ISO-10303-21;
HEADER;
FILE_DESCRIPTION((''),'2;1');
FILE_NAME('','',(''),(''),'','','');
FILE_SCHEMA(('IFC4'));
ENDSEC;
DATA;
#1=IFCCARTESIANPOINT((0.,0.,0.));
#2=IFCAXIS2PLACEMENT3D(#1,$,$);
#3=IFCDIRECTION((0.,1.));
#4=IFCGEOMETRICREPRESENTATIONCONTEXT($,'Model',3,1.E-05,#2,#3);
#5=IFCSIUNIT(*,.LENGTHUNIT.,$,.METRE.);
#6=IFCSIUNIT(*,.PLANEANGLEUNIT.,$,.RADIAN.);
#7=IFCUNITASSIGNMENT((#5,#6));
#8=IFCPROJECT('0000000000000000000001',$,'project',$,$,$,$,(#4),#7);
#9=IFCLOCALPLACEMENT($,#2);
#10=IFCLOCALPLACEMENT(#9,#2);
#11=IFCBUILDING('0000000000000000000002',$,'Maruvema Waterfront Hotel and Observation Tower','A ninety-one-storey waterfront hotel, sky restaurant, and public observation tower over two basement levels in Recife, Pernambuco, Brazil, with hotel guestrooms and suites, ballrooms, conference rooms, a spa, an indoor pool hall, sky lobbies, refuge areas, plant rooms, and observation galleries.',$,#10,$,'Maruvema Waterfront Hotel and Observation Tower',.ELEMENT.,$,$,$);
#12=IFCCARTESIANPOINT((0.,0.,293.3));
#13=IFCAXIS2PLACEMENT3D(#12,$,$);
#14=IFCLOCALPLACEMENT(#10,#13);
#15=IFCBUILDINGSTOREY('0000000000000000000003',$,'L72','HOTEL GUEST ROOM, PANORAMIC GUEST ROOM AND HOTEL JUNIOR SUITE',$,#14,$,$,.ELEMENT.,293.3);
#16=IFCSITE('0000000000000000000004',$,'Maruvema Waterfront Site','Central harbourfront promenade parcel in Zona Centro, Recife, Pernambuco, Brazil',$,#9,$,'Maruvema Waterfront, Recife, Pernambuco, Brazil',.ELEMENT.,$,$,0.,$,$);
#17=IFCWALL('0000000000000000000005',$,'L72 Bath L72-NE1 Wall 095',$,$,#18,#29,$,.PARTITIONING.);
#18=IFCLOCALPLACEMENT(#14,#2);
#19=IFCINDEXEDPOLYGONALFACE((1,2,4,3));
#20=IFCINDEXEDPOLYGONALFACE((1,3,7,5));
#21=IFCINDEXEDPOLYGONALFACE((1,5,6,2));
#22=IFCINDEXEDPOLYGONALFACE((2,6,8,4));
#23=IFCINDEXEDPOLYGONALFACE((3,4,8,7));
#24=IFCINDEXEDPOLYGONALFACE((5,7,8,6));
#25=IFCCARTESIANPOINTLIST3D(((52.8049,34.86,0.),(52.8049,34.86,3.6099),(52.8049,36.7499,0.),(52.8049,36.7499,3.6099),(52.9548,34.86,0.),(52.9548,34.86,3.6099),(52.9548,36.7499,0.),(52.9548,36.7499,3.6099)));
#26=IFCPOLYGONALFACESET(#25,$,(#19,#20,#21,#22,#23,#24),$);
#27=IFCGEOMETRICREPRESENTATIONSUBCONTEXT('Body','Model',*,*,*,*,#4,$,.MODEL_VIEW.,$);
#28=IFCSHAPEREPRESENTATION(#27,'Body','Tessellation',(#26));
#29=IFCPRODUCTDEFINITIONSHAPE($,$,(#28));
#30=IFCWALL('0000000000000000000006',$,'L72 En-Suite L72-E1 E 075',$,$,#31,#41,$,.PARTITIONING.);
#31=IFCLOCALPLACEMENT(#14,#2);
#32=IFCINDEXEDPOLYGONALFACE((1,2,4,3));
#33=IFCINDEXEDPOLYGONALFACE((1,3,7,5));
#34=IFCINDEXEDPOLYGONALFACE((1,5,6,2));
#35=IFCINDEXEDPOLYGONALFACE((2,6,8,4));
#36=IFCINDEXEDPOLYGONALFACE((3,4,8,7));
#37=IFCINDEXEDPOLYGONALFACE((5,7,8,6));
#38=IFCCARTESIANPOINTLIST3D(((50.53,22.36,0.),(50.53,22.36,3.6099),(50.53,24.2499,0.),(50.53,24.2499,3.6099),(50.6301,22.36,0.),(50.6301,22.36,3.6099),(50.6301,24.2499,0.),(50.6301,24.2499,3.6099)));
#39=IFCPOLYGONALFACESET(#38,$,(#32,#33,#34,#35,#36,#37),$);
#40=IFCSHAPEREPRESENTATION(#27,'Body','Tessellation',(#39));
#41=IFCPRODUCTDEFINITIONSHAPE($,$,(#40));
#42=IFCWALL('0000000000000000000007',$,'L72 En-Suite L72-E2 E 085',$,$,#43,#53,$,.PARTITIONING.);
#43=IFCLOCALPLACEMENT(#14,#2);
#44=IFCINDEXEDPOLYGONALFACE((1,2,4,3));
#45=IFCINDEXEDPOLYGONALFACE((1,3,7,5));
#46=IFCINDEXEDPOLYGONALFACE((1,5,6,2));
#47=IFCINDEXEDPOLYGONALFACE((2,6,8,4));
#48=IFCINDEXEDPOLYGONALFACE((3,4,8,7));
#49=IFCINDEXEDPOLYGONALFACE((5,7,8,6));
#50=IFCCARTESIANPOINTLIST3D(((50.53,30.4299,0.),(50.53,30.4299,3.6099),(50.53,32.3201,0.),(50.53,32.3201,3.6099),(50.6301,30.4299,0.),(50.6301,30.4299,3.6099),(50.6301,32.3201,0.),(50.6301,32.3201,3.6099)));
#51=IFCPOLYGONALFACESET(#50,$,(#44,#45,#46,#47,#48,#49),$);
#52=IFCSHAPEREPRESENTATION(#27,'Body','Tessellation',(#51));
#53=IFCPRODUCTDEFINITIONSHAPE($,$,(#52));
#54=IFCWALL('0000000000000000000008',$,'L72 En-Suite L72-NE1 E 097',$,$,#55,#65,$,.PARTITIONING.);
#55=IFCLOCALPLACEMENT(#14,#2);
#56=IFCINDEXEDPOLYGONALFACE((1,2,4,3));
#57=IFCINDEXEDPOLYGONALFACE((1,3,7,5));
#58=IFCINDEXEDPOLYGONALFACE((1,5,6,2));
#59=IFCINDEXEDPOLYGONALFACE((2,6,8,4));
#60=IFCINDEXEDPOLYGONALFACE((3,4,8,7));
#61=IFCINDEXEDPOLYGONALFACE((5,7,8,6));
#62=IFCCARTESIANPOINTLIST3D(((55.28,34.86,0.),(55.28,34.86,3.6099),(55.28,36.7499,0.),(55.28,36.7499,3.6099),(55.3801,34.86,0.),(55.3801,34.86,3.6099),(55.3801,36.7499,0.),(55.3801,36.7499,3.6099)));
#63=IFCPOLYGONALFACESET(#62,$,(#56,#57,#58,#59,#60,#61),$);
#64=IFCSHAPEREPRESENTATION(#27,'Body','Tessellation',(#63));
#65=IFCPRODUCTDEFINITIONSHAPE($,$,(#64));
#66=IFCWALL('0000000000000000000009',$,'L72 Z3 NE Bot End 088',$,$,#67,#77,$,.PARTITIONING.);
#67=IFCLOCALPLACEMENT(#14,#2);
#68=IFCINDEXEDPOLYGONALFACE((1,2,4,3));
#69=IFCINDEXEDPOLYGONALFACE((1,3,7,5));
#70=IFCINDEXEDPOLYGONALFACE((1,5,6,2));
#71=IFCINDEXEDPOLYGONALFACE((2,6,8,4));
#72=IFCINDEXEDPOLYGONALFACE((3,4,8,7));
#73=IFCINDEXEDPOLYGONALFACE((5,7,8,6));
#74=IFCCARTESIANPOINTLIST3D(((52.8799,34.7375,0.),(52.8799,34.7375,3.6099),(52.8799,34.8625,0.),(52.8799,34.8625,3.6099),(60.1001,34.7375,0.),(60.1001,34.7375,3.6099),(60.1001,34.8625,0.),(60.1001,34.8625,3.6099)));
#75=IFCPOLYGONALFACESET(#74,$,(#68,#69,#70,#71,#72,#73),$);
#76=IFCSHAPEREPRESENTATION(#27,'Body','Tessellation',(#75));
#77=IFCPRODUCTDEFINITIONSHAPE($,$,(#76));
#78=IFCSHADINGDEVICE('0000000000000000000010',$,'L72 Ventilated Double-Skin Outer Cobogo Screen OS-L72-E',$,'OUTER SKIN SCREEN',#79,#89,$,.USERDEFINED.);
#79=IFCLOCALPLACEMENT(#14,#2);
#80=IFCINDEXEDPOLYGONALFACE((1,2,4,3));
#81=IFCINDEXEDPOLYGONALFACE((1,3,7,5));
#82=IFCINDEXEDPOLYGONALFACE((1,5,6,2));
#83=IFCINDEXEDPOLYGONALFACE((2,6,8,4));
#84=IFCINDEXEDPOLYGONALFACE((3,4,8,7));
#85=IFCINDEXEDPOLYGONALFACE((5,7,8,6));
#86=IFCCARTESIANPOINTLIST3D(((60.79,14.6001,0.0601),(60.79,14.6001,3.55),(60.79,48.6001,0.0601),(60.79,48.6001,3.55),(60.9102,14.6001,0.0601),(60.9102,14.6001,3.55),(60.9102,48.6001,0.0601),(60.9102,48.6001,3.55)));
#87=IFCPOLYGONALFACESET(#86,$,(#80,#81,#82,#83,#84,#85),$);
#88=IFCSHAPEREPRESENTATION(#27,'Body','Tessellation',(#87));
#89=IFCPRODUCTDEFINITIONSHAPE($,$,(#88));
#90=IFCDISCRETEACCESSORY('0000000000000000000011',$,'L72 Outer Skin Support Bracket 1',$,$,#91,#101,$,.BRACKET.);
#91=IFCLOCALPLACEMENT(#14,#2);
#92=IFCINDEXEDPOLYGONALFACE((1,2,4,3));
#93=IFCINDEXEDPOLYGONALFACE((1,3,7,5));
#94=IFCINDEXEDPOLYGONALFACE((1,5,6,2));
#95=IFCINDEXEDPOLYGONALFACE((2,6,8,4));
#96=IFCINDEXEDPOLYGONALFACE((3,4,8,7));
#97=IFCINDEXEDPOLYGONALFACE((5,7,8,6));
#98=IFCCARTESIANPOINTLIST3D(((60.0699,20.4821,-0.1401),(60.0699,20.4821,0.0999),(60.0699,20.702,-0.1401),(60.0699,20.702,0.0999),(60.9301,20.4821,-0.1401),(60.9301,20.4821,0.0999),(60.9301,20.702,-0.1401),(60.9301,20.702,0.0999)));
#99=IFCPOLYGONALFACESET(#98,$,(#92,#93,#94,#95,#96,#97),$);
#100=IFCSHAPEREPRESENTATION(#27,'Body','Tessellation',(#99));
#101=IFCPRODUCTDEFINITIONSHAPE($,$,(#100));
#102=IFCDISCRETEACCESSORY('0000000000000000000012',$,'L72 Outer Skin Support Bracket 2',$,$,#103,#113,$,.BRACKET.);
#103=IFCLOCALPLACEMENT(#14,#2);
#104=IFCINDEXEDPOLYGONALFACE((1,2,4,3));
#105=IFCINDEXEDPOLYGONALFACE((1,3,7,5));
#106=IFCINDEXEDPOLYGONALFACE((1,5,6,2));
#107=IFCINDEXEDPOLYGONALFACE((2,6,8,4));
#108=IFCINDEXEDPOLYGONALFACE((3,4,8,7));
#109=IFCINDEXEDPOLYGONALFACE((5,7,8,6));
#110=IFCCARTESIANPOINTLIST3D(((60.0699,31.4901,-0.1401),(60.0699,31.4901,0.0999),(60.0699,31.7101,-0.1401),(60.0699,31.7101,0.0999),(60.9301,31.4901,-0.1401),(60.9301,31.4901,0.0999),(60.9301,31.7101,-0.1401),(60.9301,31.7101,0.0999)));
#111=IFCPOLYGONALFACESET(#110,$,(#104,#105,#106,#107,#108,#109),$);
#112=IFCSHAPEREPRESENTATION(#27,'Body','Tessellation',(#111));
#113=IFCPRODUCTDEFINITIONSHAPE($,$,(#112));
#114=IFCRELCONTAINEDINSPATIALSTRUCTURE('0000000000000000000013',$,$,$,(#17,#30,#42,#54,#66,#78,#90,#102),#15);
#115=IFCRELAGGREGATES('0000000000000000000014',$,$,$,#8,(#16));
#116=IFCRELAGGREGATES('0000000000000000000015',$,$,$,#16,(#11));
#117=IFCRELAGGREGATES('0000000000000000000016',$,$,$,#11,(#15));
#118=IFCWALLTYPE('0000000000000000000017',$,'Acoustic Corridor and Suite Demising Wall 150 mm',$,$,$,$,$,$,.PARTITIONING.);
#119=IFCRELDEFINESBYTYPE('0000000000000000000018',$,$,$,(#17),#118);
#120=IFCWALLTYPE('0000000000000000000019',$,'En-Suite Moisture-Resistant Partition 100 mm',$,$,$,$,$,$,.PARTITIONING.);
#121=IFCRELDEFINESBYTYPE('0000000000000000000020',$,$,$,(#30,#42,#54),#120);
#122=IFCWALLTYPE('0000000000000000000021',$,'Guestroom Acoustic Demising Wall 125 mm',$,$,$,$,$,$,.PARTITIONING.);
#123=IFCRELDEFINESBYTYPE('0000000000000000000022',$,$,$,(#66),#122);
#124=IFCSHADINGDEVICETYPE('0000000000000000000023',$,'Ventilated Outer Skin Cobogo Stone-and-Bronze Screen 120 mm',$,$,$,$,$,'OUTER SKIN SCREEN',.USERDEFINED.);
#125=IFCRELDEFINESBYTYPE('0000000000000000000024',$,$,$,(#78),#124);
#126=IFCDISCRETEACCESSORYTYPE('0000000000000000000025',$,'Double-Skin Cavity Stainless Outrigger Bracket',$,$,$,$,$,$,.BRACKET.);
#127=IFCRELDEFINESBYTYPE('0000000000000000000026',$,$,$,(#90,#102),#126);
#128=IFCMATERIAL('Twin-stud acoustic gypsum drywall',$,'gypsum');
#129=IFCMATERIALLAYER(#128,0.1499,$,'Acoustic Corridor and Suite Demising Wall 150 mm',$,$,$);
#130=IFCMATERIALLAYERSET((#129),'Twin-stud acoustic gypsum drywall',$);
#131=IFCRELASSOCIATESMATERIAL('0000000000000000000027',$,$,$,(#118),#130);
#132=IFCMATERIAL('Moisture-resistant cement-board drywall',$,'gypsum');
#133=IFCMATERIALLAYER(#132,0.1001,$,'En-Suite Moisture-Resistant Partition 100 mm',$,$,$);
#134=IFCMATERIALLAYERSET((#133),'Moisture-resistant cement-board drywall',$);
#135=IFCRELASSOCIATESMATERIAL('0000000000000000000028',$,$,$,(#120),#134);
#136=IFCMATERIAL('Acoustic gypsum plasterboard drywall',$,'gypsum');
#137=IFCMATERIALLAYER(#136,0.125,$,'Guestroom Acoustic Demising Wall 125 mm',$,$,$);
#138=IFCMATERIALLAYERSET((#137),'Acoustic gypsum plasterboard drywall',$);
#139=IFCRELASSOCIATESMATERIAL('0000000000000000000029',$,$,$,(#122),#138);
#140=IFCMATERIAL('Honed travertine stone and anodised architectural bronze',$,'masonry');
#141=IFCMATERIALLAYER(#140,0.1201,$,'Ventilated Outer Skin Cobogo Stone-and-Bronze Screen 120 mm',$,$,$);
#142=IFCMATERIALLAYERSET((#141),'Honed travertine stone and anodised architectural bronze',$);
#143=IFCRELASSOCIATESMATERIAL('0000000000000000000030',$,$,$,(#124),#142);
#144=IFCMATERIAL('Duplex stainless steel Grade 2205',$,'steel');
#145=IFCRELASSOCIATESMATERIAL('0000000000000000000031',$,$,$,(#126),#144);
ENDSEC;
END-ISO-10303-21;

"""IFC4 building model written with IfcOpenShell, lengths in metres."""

from ifc_helpers import new_model, si_unit, direction, frame, frame_2d, origin, origin_2d, place, context, subcontext, project, spatial, rectangle, extrude, material, layer, layer_set, type_object, element, save


model = new_model("IFC4")

# Units and contexts
model_context = context("Model", 3, precision=1e-05, world=origin(), true_north=direction((0.0, 1.0)))
body_context = subcontext(model_context, "Body", "Model", "MODEL_VIEW")
ifc_project = project(units=[si_unit("LENGTHUNIT", "METRE"), si_unit("PLANEANGLEUNIT", "RADIAN")], contexts=[model_context])

# Site, building, storey
site_placement = place(None, origin())
site = spatial("IfcSite", under=ifc_project, at=site_placement, Name="Maruvema Waterfront Site", Description="Central harbourfront promenade parcel in Zona Centro, Recife, Pernambuco, Brazil", LongName="Maruvema Waterfront, Recife, Pernambuco, Brazil", CompositionType="ELEMENT", RefElevation=0.0)
building_placement = place(site_placement, origin())
building = spatial("IfcBuilding", under=site, at=building_placement, Name="Maruvema Waterfront Hotel and Observation Tower", Description="A ninety-one-storey waterfront hotel, sky restaurant, and public observation tower over two basement levels in Recife, Pernambuco, Brazil, with hotel guestrooms and suites, ballrooms, conference rooms, a spa, an indoor pool hall, sky lobbies, refuge areas, plant rooms, and observation galleries.", LongName="Maruvema Waterfront Hotel and Observation Tower", CompositionType="ELEMENT")
storey_placement = place(building_placement, frame((0.0, 0.0, 293.3)))
storey = spatial("IfcBuildingStorey", under=building, at=storey_placement, Name="L72", Description="HOTEL GUEST ROOM, PANORAMIC GUEST ROOM AND HOTEL JUNIOR SUITE", CompositionType="ELEMENT", Elevation=293.3)

# Shared definitions
ifc_material_1 = material(Name="Twin-stud acoustic gypsum drywall", Category="gypsum")
ifc_layer_1 = layer(ifc_material_1, 0.1499, Name="Acoustic Corridor and Suite Demising Wall 150 mm")
ifc_layer_set_1 = layer_set([ifc_layer_1], Name="Twin-stud acoustic gypsum drywall")
wall_type_1 = type_object("IfcWallType", Name="Acoustic Corridor and Suite Demising Wall 150 mm", PredefinedType="PARTITIONING", material=ifc_layer_set_1)

# Walls
wall_1_placement = place(storey_placement, frame((52.8799, 34.8601, 0.0), z_axis=(0.0, 0.0, 1.0), x_axis=(0.0, 1.0, 0.0)))
element("IfcWall", 1, at=wall_1_placement, inside=storey, type_object=wall_type_1, Name="L72 Bath L72-NE1 Wall 095", PredefinedType="PARTITIONING", context=body_context, shape_type="SweptSolid", body=[
    extrude(rectangle(XDim=1.8899, YDim=0.1499, at=frame_2d((0.9448, 0.0))), origin(), (0.0, 0.0, 1.0), 3.6099),
])
ifc_material_2 = material(Name="Moisture-resistant cement-board drywall", Category="gypsum")
ifc_layer_2 = layer(ifc_material_2, 0.1001, Name="En-Suite Moisture-Resistant Partition 100 mm")
ifc_layer_set_2 = layer_set([ifc_layer_2], Name="Moisture-resistant cement-board drywall")
wall_type_2 = type_object("IfcWallType", Name="En-Suite Moisture-Resistant Partition 100 mm", PredefinedType="PARTITIONING", material=ifc_layer_set_2)
wall_2_placement = place(storey_placement, frame((50.5801, 22.3601, 0.0), z_axis=(0.0, 0.0, 1.0), x_axis=(0.0, 1.0, 0.0)))
element("IfcWall", 2, at=wall_2_placement, inside=storey, type_object=wall_type_2, Name="L72 En-Suite L72-E1 E 075", PredefinedType="PARTITIONING", context=body_context, shape_type="SweptSolid", body=[
    extrude(rectangle(XDim=1.8899, YDim=0.1001, at=frame_2d((0.9448, 0.0))), origin(), (0.0, 0.0, 1.0), 3.6099),
])
wall_3_placement = place(storey_placement, frame((50.5801, 30.4299, 0.0), z_axis=(0.0, 0.0, 1.0), x_axis=(0.0, 1.0, 0.0)))
element("IfcWall", 3, at=wall_3_placement, inside=storey, type_object=wall_type_2, Name="L72 En-Suite L72-E2 E 085", PredefinedType="PARTITIONING", context=body_context, shape_type="SweptSolid", body=[
    extrude(rectangle(XDim=1.8901, YDim=0.1001, at=frame_2d((0.9451, 0.0))), origin(), (0.0, 0.0, 1.0), 3.6099),
])
wall_4_placement = place(storey_placement, frame((55.3301, 34.8601, 0.0), z_axis=(0.0, 0.0, 1.0), x_axis=(0.0, 1.0, 0.0)))
element("IfcWall", 4, at=wall_4_placement, inside=storey, type_object=wall_type_2, Name="L72 En-Suite L72-NE1 E 097", PredefinedType="PARTITIONING", context=body_context, shape_type="SweptSolid", body=[
    extrude(rectangle(XDim=1.8899, YDim=0.1001, at=frame_2d((0.9448, 0.0))), origin(), (0.0, 0.0, 1.0), 3.6099),
])
ifc_material_3 = material(Name="Acoustic gypsum plasterboard drywall", Category="gypsum")
ifc_layer_3 = layer(ifc_material_3, 0.125, Name="Guestroom Acoustic Demising Wall 125 mm")
ifc_layer_set_3 = layer_set([ifc_layer_3], Name="Acoustic gypsum plasterboard drywall")
wall_type_3 = type_object("IfcWallType", Name="Guestroom Acoustic Demising Wall 125 mm", PredefinedType="PARTITIONING", material=ifc_layer_set_3)
wall_5_placement = place(storey_placement, frame((52.8799, 34.8, 0.0), z_axis=(0.0, 0.0, 1.0), x_axis=(1.0, 0.0, 0.0)))
element("IfcWall", 5, at=wall_5_placement, inside=storey, type_object=wall_type_3, Name="L72 Z3 NE Bot End 088", PredefinedType="PARTITIONING", context=body_context, shape_type="SweptSolid", body=[
    extrude(rectangle(XDim=7.2202, YDim=0.125, at=frame_2d((3.6101, 0.0))), origin(), (0.0, 0.0, 1.0), 3.6099),
])

# Shading device
ifc_material_4 = material(Name="Honed travertine stone and anodised architectural bronze", Category="masonry")
ifc_layer_4 = layer(ifc_material_4, 0.1201, Name="Ventilated Outer Skin Cobogo Stone-and-Bronze Screen 120 mm")
ifc_layer_set_4 = layer_set([ifc_layer_4], Name="Honed travertine stone and anodised architectural bronze")
shading_device_type = type_object("IfcShadingDeviceType", Name="Ventilated Outer Skin Cobogo Stone-and-Bronze Screen 120 mm", ElementType="OUTER SKIN SCREEN", PredefinedType="USERDEFINED", material=ifc_layer_set_4)
shading_device_placement = place(storey_placement, frame((60.8501, 31.6001, 0.0601), z_axis=(0.0, 0.0, 1.0), x_axis=(0.0, 1.0, 0.0)))
element("IfcShadingDevice", 6, at=shading_device_placement, inside=storey, type_object=shading_device_type, Name="L72 Ventilated Double-Skin Outer Cobogo Screen OS-L72-E", ObjectType="OUTER SKIN SCREEN", PredefinedType="USERDEFINED", context=body_context, shape_type="SweptSolid", body=[
    extrude(rectangle(XDim=34.0, YDim=0.1201, at=origin_2d()), origin(), (0.0, 0.0, 1.0), 3.49),
])

# Discrete accessories
ifc_material_5 = material(Name="Duplex stainless steel Grade 2205", Category="steel")
discrete_accessory_type = type_object("IfcDiscreteAccessoryType", Name="Double-Skin Cavity Stainless Outrigger Bracket", PredefinedType="BRACKET", material=ifc_material_5)
for number, where, z_axis, x_axis, name in (
    (7, (60.5, 20.592, -0.1401), (0.0, 0.0, 1.0), (0.0, 1.0, 0.0), "L72 Outer Skin Support Bracket 1"),
    (8, (60.5, 31.6001, -0.1401), (0.0, 0.0, 1.0), (0.0, 1.0, 0.0), "L72 Outer Skin Support Bracket 2"),
):
    element("IfcDiscreteAccessory", number, at=place(storey_placement, frame(where, z_axis=z_axis, x_axis=x_axis)), inside=storey, type_object=discrete_accessory_type, Name=name, PredefinedType="BRACKET", context=body_context, shape_type="SweptSolid", body=[
        extrude(rectangle(XDim=0.22, YDim=0.8601, at=origin_2d()), origin(), (0.0, 0.0, 1.0), 0.24),
    ])

save(model, "model.ifc")
